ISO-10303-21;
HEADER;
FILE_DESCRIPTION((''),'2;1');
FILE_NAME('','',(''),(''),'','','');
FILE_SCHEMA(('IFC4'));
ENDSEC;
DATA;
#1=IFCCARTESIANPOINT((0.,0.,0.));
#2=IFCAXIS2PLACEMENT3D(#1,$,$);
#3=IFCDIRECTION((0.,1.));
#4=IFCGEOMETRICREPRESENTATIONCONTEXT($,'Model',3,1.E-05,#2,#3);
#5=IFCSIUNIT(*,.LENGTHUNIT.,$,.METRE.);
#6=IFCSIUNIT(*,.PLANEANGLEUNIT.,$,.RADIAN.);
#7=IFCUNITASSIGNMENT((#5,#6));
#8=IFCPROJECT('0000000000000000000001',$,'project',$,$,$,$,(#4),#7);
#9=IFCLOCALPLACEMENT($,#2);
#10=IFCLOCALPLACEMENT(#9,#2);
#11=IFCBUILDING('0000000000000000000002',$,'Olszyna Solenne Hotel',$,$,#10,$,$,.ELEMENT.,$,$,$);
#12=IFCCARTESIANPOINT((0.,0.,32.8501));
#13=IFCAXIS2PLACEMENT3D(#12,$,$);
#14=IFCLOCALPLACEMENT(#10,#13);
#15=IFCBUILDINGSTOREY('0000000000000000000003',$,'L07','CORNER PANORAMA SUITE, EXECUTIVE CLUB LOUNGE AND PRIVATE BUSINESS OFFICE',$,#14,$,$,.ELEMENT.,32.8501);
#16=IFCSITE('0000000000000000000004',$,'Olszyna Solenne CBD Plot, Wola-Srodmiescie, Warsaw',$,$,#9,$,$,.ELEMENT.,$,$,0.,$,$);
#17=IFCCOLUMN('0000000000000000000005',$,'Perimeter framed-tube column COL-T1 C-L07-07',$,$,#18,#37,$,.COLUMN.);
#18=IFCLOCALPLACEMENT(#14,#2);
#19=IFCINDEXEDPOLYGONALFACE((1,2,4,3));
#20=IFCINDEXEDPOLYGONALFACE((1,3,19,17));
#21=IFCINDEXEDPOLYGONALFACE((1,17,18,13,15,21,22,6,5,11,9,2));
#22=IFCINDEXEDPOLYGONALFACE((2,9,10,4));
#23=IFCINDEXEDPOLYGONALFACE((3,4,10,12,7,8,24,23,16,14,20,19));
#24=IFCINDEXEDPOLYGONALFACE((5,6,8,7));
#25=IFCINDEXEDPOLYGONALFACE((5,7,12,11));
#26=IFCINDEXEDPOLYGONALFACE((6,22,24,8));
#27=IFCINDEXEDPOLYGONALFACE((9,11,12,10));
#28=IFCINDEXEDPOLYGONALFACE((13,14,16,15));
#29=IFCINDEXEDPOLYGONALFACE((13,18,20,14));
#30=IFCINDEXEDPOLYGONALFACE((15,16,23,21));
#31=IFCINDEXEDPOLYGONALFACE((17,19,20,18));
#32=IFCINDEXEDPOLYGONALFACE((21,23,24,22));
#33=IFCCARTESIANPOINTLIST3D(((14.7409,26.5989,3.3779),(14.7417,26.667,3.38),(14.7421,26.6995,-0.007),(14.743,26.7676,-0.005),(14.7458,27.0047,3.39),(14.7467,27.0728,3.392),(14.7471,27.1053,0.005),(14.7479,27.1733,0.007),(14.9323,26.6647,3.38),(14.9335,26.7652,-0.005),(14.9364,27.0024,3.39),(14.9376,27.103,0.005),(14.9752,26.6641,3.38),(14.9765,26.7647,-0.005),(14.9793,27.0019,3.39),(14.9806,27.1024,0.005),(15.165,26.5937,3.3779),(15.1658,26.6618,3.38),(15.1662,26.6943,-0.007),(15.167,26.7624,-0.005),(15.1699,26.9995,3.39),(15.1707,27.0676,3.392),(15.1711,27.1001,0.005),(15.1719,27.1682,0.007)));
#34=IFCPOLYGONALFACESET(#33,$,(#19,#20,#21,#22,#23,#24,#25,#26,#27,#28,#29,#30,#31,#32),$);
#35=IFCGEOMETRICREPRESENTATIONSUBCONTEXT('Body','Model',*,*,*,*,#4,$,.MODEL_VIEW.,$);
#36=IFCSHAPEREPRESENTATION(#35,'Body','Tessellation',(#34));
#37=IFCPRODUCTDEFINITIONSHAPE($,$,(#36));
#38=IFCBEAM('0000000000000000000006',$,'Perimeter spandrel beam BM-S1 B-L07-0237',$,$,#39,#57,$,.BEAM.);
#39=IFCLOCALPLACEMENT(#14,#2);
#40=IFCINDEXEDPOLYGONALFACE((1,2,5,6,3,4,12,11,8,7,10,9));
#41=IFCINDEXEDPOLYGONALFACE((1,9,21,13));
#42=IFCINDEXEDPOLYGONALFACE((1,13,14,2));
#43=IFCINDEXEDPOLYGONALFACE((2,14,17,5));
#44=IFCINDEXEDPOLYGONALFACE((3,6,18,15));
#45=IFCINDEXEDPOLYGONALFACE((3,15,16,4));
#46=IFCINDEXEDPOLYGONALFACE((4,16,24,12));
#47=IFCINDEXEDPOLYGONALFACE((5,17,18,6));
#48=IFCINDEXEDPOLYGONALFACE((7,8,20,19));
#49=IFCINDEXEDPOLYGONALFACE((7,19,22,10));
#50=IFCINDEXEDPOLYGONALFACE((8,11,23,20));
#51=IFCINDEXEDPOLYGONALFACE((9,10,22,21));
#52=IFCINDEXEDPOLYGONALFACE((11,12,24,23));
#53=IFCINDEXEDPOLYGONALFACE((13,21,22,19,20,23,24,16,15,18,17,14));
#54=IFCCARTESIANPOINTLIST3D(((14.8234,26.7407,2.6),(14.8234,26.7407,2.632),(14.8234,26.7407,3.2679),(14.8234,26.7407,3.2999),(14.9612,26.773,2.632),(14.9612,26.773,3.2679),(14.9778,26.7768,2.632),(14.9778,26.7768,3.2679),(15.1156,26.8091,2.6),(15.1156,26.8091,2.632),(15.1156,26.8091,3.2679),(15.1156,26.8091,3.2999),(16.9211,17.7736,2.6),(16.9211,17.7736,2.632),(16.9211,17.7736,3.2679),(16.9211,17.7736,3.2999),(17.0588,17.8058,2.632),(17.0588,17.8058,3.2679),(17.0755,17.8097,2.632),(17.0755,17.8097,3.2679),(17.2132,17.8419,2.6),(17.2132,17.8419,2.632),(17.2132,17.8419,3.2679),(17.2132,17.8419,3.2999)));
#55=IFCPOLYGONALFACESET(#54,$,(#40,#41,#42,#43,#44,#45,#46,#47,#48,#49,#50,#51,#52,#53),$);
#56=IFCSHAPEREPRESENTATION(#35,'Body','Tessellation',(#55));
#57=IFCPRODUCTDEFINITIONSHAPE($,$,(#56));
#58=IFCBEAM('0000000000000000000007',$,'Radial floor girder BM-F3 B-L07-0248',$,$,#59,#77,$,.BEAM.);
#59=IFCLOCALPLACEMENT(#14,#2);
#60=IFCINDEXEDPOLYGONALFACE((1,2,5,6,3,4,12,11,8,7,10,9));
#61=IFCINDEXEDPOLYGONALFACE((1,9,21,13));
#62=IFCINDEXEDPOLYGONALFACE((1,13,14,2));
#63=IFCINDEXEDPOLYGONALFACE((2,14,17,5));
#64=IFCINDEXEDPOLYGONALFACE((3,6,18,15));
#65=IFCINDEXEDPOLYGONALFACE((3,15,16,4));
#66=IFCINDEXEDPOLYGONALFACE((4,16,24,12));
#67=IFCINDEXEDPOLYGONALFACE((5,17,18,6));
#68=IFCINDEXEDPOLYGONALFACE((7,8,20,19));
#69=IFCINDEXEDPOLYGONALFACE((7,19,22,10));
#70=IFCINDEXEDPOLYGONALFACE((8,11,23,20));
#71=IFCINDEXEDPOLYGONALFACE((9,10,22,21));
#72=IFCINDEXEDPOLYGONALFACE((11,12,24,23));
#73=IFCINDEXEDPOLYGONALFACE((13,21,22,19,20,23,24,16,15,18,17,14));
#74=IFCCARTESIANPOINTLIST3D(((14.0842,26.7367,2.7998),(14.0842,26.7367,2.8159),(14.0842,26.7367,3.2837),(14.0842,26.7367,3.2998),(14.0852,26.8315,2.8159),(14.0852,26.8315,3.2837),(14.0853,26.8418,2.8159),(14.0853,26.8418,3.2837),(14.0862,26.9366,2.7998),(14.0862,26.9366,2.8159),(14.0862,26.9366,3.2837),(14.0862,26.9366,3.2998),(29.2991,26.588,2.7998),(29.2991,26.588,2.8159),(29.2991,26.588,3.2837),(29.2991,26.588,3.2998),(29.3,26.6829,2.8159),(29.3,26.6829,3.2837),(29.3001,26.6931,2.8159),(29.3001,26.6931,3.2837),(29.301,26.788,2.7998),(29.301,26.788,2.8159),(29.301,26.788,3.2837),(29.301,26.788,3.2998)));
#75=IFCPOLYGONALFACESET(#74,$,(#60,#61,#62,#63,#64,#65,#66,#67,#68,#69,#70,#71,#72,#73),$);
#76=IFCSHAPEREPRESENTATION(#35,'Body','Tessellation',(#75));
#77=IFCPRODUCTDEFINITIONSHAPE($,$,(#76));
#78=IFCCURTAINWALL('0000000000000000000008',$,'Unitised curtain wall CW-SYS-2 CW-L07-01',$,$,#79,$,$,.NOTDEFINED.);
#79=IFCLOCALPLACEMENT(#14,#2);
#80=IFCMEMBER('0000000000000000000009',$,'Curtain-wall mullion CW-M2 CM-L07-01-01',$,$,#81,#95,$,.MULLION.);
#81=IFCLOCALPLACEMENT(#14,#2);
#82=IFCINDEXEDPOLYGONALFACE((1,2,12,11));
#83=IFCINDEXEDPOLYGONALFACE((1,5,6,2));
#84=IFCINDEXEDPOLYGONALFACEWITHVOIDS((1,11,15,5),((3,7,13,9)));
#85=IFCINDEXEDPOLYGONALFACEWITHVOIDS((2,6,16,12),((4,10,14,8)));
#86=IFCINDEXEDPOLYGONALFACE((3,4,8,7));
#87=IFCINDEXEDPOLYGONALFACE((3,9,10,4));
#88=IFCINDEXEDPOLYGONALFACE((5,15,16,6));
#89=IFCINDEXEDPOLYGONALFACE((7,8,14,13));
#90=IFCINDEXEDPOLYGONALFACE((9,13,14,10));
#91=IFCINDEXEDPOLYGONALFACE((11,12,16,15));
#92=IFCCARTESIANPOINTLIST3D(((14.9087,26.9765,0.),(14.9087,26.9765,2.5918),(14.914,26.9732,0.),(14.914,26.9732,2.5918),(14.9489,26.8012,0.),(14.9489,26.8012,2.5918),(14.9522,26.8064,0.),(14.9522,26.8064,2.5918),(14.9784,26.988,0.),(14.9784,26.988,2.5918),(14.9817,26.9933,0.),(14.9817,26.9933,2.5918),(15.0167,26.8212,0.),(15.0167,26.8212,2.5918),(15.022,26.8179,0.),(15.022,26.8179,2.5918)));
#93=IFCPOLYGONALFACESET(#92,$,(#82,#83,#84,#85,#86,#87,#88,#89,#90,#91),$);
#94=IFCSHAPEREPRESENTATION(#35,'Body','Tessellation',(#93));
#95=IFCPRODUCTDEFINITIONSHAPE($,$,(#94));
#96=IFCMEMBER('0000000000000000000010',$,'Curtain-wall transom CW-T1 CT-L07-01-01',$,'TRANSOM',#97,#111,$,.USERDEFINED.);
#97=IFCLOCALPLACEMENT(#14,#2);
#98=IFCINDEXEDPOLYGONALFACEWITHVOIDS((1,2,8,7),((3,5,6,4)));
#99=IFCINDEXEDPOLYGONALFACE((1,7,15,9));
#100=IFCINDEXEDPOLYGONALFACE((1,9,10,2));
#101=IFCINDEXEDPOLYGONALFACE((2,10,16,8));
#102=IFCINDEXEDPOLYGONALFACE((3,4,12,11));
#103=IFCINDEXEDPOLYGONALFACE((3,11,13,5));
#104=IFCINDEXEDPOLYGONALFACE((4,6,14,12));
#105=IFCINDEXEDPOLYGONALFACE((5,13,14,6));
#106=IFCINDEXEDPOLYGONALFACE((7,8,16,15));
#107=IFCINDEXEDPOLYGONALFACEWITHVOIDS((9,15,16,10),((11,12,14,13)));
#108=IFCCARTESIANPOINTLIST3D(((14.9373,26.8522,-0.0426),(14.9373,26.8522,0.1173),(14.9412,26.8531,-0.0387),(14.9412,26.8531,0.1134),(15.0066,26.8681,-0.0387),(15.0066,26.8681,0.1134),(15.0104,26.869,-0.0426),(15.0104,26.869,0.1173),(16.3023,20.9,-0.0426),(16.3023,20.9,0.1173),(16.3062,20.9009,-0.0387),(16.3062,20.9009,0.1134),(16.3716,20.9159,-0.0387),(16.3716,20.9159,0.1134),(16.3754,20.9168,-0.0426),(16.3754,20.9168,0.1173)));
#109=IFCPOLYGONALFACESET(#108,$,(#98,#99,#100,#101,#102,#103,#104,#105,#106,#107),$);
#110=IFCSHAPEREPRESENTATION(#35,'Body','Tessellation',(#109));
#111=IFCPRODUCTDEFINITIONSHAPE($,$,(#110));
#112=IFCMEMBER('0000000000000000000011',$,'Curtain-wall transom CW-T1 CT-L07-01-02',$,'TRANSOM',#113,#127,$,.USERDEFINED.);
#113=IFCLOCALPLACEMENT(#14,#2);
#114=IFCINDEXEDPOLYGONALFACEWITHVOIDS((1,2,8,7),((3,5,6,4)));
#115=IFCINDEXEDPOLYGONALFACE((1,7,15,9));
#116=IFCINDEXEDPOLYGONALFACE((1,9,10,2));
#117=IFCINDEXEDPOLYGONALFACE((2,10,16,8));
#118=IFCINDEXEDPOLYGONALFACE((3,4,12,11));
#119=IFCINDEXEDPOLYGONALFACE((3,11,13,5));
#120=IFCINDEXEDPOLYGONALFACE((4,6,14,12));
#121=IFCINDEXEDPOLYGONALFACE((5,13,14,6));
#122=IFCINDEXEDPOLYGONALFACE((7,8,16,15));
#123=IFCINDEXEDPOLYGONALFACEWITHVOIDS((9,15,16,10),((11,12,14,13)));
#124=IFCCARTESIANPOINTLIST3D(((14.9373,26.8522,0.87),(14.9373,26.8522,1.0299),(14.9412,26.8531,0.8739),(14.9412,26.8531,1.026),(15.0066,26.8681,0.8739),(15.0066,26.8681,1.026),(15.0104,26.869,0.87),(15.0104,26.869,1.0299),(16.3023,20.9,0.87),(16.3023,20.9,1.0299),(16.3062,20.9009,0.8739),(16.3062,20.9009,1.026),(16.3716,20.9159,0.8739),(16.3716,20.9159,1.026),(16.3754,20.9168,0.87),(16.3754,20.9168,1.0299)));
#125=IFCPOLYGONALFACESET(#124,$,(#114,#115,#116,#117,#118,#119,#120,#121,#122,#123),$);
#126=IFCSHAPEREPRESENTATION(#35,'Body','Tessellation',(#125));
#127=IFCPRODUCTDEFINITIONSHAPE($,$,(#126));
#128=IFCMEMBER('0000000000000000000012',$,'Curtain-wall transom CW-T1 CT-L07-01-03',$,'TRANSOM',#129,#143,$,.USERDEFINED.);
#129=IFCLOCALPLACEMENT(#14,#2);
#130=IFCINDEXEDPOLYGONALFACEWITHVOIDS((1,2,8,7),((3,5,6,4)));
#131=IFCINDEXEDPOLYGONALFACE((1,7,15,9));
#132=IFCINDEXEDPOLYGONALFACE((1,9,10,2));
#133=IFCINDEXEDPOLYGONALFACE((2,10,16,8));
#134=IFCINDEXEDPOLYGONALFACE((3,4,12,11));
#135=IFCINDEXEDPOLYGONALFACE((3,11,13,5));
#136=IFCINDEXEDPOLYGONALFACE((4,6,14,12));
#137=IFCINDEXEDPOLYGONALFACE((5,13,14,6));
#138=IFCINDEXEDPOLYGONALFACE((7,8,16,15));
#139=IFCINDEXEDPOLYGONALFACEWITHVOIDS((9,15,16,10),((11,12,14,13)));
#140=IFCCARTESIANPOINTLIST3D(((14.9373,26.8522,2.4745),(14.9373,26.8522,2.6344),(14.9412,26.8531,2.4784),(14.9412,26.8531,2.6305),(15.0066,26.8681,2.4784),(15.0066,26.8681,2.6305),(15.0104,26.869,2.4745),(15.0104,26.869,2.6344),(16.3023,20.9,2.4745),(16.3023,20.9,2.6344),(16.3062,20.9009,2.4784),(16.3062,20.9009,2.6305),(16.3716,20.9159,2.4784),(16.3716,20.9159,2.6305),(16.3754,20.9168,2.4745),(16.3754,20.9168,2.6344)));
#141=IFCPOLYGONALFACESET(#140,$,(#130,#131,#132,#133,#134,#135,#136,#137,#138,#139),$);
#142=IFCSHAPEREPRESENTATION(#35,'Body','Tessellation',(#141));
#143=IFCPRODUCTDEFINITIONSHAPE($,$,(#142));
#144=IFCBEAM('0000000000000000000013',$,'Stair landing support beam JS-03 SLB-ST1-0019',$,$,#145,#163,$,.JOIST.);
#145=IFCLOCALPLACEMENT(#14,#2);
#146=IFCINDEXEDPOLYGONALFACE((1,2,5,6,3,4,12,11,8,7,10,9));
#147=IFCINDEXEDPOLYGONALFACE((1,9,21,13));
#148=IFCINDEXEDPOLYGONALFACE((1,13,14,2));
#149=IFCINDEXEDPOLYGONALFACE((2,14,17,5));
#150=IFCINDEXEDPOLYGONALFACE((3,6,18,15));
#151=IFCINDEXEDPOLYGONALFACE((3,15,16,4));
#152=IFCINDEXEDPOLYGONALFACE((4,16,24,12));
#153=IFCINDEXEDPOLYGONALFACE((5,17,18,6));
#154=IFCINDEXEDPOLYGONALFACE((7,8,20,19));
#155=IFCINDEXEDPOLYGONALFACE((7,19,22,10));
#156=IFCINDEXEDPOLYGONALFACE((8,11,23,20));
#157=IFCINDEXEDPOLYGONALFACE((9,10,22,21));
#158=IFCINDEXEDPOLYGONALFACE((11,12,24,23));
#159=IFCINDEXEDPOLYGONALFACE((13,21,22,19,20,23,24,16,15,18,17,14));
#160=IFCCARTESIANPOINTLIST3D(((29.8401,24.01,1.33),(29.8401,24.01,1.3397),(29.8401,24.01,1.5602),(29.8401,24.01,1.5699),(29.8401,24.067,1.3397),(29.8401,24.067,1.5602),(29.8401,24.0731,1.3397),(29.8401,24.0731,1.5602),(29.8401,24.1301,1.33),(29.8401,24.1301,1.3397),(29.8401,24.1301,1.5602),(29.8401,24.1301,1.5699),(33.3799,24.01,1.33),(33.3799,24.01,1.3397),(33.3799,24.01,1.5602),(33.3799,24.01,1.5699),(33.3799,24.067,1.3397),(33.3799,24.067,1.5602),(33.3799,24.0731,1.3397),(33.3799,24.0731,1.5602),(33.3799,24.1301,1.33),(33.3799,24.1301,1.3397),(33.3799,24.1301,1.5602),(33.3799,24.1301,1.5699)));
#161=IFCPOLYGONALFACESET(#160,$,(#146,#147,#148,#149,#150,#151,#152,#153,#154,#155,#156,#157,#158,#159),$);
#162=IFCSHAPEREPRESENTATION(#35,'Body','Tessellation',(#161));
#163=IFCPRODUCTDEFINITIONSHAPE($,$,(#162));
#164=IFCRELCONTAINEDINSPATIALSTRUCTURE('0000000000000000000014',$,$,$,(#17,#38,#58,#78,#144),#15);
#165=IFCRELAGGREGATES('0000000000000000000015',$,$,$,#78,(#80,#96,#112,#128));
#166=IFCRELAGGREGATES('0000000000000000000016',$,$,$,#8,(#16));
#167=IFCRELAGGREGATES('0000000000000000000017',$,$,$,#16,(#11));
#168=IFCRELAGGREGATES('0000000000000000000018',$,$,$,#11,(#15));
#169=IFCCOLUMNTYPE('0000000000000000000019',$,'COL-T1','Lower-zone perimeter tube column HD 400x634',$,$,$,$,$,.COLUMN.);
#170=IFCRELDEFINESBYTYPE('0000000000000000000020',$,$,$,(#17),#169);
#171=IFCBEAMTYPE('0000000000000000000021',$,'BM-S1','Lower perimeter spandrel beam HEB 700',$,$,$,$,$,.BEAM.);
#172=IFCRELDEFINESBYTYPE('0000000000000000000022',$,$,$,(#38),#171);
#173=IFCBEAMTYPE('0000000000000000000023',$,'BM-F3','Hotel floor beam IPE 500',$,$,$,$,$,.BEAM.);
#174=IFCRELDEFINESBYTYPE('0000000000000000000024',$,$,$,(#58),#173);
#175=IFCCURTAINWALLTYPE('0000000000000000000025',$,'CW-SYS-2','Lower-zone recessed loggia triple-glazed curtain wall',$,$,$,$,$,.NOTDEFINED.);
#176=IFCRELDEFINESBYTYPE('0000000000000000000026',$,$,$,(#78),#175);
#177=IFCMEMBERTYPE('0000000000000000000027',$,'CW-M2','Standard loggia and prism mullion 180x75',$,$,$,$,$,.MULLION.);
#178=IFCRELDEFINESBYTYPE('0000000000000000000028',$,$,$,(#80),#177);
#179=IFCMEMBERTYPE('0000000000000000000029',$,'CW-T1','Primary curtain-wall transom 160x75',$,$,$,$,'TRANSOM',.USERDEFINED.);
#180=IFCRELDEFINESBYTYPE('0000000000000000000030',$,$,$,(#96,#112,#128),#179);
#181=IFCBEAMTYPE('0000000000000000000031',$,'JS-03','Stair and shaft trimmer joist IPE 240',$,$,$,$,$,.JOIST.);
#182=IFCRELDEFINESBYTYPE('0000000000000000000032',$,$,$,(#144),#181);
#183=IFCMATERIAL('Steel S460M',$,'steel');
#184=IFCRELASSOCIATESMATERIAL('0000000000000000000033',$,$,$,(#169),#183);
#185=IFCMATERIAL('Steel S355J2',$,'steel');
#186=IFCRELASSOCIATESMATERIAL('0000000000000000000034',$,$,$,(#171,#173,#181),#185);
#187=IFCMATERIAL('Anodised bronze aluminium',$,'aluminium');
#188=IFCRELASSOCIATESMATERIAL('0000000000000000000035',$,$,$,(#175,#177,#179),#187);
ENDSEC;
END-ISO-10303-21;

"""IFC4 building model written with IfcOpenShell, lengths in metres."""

from ifc_helpers import new_model, si_unit, direction, frame, origin, origin_2d, place, context, subcontext, project, spatial, hollow_rectangle, i_section, extrude, source, transform, mapped, material, material_profile, profile_set, type_object, element, aggregate, save


model = new_model("IFC4")

# Units and contexts
model_context = context("Model", 3, precision=1e-05, world=origin(), true_north=direction((0.0, 1.0)))
body_context = subcontext(model_context, "Body", "Model", "MODEL_VIEW")
ifc_project = project(units=[si_unit("LENGTHUNIT", "METRE"), si_unit("PLANEANGLEUNIT", "RADIAN")], contexts=[model_context])

# Site, building, storey
site_placement = place(None, origin())
site = spatial("IfcSite", under=ifc_project, at=site_placement, Name="Olszyna Solenne CBD Plot, Wola-Srodmiescie, Warsaw", CompositionType="ELEMENT", RefElevation=0.0)
building_placement = place(site_placement, origin())
building = spatial("IfcBuilding", under=site, at=building_placement, Name="Olszyna Solenne Hotel", CompositionType="ELEMENT")
storey_placement = place(building_placement, frame((0.0, 0.0, 32.8501)))
storey = spatial("IfcBuildingStorey", under=building, at=storey_placement, Name="L07", Description="CORNER PANORAMA SUITE, EXECUTIVE CLUB LOUNGE AND PRIVATE BUSINESS OFFICE", CompositionType="ELEMENT", Elevation=32.8501)

# Column
ifc_material_1 = material(Name="Steel S460M", Category="steel")
ifc_material_profile_1 = material_profile(ifc_material_1, i_section(OverallWidth=0.4241, OverallDepth=0.4741, WebThickness=0.043, FlangeThickness=0.0681, at=origin_2d()), Name="HD 400x634", Category="load-bearing")
ifc_profile_set_1 = profile_set([ifc_material_profile_1], Name="Steel S460M")
column_type = type_object("IfcColumnType", Name="COL-T1", Description="Lower-zone perimeter tube column HD 400x634", PredefinedType="COLUMN", material=ifc_profile_set_1)
shared_shape_1 = source(origin(), body_context, "Body", "SweptSolid", [
    extrude(i_section(OverallWidth=0.4241, OverallDepth=0.4741, WebThickness=0.043, FlangeThickness=0.0681, at=origin_2d()), origin(), (0.0, 0.0, 1.0), 3.3865),
])
column_placement = place(storey_placement, frame((14.957, 26.9338, 0.0), z_axis=(-0.00036, -0.029702, 0.999559), x_axis=(0.999926, -0.012135, 0.0)))
element("IfcColumn", 1, at=column_placement, inside=storey, type_object=column_type, Name="Perimeter framed-tube column COL-T1 C-L07-07", PredefinedType="COLUMN", context=body_context, shape_type="MappedRepresentation", body=[
    mapped(shared_shape_1, transform((0.0, 0.0, 0.0), x_axis=(1.0, 0.0, 0.0), y_axis=(0.0, 1.0, 0.0), z_axis=(0.0, 0.0, 1.0), scale=1.0)),
])

# Beams
ifc_material_2 = material(Name="Steel S355J2", Category="steel")
ifc_material_profile_2 = material_profile(ifc_material_2, i_section(OverallWidth=0.3, OverallDepth=0.7, WebThickness=0.0171, FlangeThickness=0.032, at=origin_2d()), Name="HEB 700", Category="load-bearing")
ifc_profile_set_2 = profile_set([ifc_material_profile_2], Name="Steel S355J2")
beam_type_1 = type_object("IfcBeamType", Name="BM-S1", Description="Lower perimeter spandrel beam HEB 700", PredefinedType="BEAM", material=ifc_profile_set_2)
shared_shape_2 = source(origin(), body_context, "Body", "SweptSolid", [
    extrude(i_section(OverallWidth=0.3, OverallDepth=0.7, WebThickness=0.0171, FlangeThickness=0.032, at=origin_2d()), origin(), (0.0, 0.0, 1.0), 9.2092),
])
beam_1_placement = place(storey_placement, frame((14.9695, 26.7749, 2.95), z_axis=(0.22778, -0.973713, 0.0), x_axis=(0.973713, 0.22778, 0.0)))
element("IfcBeam", 2, at=beam_1_placement, inside=storey, type_object=beam_type_1, Name="Perimeter spandrel beam BM-S1 B-L07-0237", PredefinedType="BEAM", context=body_context, shape_type="MappedRepresentation", body=[
    mapped(shared_shape_2, transform((0.0, 0.0, 0.0), x_axis=(1.0, 0.0, 0.0), y_axis=(0.0, 1.0, 0.0), z_axis=(0.0, 0.0, 1.0), scale=1.0)),
])
ifc_material_profile_3 = material_profile(ifc_material_2, i_section(OverallWidth=0.2, OverallDepth=0.5, WebThickness=0.0103, FlangeThickness=0.0161, at=origin_2d()), Name="IPE 500", Category="load-bearing")
ifc_profile_set_3 = profile_set([ifc_material_profile_3], Name="Steel S355J2")
beam_type_2 = type_object("IfcBeamType", Name="BM-F3", Description="Hotel floor beam IPE 500", PredefinedType="BEAM", material=ifc_profile_set_3)
shared_shape_3 = source(origin(), body_context, "Body", "SweptSolid", [
    extrude(i_section(OverallWidth=0.2, OverallDepth=0.5, WebThickness=0.0103, FlangeThickness=0.0161, at=origin_2d()), origin(), (0.0, 0.0, 1.0), 15.2156),
])
beam_2_placement = place(storey_placement, frame((14.0852, 26.8367, 3.0498), z_axis=(0.999952, -0.009772, 0.0), x_axis=(0.009772, 0.999952, 0.0)))
element("IfcBeam", 3, at=beam_2_placement, inside=storey, type_object=beam_type_2, Name="Radial floor girder BM-F3 B-L07-0248", PredefinedType="BEAM", context=body_context, shape_type="MappedRepresentation", body=[
    mapped(shared_shape_3, transform((0.0, 0.0, 0.0), x_axis=(1.0, 0.0, 0.0), y_axis=(0.0, 1.0, 0.0), z_axis=(0.0, 0.0, 1.0), scale=1.0)),
])

# Curtain wall, members
ifc_material_3 = material(Name="Anodised bronze aluminium", Category="aluminium")
curtain_wall_type = type_object("IfcCurtainWallType", Name="CW-SYS-2", Description="Lower-zone recessed loggia triple-glazed curtain wall", PredefinedType="NOTDEFINED", material=ifc_material_3)
curtain_wall_placement = place(storey_placement, origin())
curtain_wall = element("IfcCurtainWall", 4, at=curtain_wall_placement, inside=storey, type_object=curtain_wall_type, Name="Unitised curtain wall CW-SYS-2 CW-L07-01", PredefinedType="NOTDEFINED")
ifc_material_profile_4 = material_profile(ifc_material_3, hollow_rectangle(XDim=0.075, YDim=0.1799, WallThickness=0.0044, at=origin_2d()), Name="MULL 180x75x4.5", Category="load-bearing")
ifc_profile_set_4 = profile_set([ifc_material_profile_4], Name="Anodised bronze aluminium")
member_type_1 = type_object("IfcMemberType", Name="CW-M2", Description="Standard loggia and prism mullion 180x75", PredefinedType="MULLION", material=ifc_profile_set_4)
shared_shape_4 = source(origin(), body_context, "Body", "SweptSolid", [
    extrude(hollow_rectangle(XDim=0.075, YDim=0.1799, WallThickness=0.0044, at=origin_2d()), origin(), (0.0, 0.0, 1.0), 2.5918),
])
member_1_placement = place(storey_placement, frame((14.9653, 26.8972, 0.0), z_axis=(0.0, 0.0, 1.0), x_axis=(0.974696, 0.223535, 0.0)))
member_1 = element("IfcMember", 5, at=member_1_placement, type_object=member_type_1, Name="Curtain-wall mullion CW-M2 CM-L07-01-01", PredefinedType="MULLION", context=body_context, shape_type="MappedRepresentation", body=[
    mapped(shared_shape_4, transform((0.0, 0.0, 0.0), x_axis=(1.0, 0.0, 0.0), y_axis=(0.0, 1.0, 0.0), z_axis=(0.0, 0.0, 1.0), scale=1.0)),
])
ifc_material_profile_5 = material_profile(ifc_material_3, hollow_rectangle(XDim=0.075, YDim=0.1599, WallThickness=0.0039, at=origin_2d()), Name="TRAN 160x75x4", Category="load-bearing")
ifc_profile_set_5 = profile_set([ifc_material_profile_5], Name="Anodised bronze aluminium")
member_type_2 = type_object("IfcMemberType", Name="CW-T1", Description="Primary curtain-wall transom 160x75", ElementType="TRANSOM", PredefinedType="USERDEFINED", material=ifc_profile_set_5)
shared_shape_5 = source(origin(), body_context, "Body", "SweptSolid", [
    extrude(hollow_rectangle(XDim=0.075, YDim=0.1599, WallThickness=0.0039, at=origin_2d()), origin(), (0.0, 0.0, 1.0), 6.1067),
])
member_2_placement = place(storey_placement, frame((14.9739, 26.8606, 0.0374), z_axis=(0.223525, -0.974698, 0.0), x_axis=(0.974698, 0.223525, 0.0)))
member_2 = element("IfcMember", 6, at=member_2_placement, type_object=member_type_2, Name="Curtain-wall transom CW-T1 CT-L07-01-01", ObjectType="TRANSOM", PredefinedType="USERDEFINED", context=body_context, shape_type="MappedRepresentation", body=[
    mapped(shared_shape_5, transform((0.0, 0.0, 0.0), x_axis=(1.0, 0.0, 0.0), y_axis=(0.0, 1.0, 0.0), z_axis=(0.0, 0.0, 1.0), scale=1.0)),
])
member_3_placement = place(storey_placement, frame((14.9739, 26.8606, 0.95), z_axis=(0.223525, -0.974698, 0.0), x_axis=(0.974698, 0.223525, 0.0)))
member_3 = element("IfcMember", 7, at=member_3_placement, type_object=member_type_2, Name="Curtain-wall transom CW-T1 CT-L07-01-02", ObjectType="TRANSOM", PredefinedType="USERDEFINED", context=body_context, shape_type="MappedRepresentation", body=[
    mapped(shared_shape_5, transform((0.0, 0.0, 0.0), x_axis=(1.0, 0.0, 0.0), y_axis=(0.0, 1.0, 0.0), z_axis=(0.0, 0.0, 1.0), scale=1.0)),
])
member_4_placement = place(storey_placement, frame((14.9739, 26.8606, 2.5544), z_axis=(0.223525, -0.974698, 0.0), x_axis=(0.974698, 0.223525, 0.0)))
member_4 = element("IfcMember", 8, at=member_4_placement, type_object=member_type_2, Name="Curtain-wall transom CW-T1 CT-L07-01-03", ObjectType="TRANSOM", PredefinedType="USERDEFINED", context=body_context, shape_type="MappedRepresentation", body=[
    mapped(shared_shape_5, transform((0.0, 0.0, 0.0), x_axis=(1.0, 0.0, 0.0), y_axis=(0.0, 1.0, 0.0), z_axis=(0.0, 0.0, 1.0), scale=1.0)),
])

# Beam
ifc_material_profile_6 = material_profile(ifc_material_2, i_section(OverallWidth=0.1201, OverallDepth=0.24, WebThickness=0.0061, FlangeThickness=0.0098, at=origin_2d()), Name="IPE 240", Category="load-bearing")
ifc_profile_set_6 = profile_set([ifc_material_profile_6], Name="Steel S355J2")
beam_type_3 = type_object("IfcBeamType", Name="JS-03", Description="Stair and shaft trimmer joist IPE 240", PredefinedType="JOIST", material=ifc_profile_set_6)
shared_shape_6 = source(origin(), body_context, "Body", "SweptSolid", [
    extrude(i_section(OverallWidth=0.1201, OverallDepth=0.24, WebThickness=0.0061, FlangeThickness=0.0098, at=origin_2d()), origin(), (0.0, 0.0, 1.0), 3.5398),
])
for number, where, z_axis, x_axis, name in (
    (9, (33.3799, 24.0701, 1.45), (-1.0, 0.0, 0.0), (0.0, -1.0, 0.0), "Stair landing support beam JS-03 SLB-ST1-0019"),
):
    element("IfcBeam", number, at=place(storey_placement, frame(where, z_axis=z_axis, x_axis=x_axis)), inside=storey, type_object=beam_type_3, Name=name, PredefinedType="JOIST", context=body_context, shape_type="MappedRepresentation", body=[
        mapped(shared_shape_6, transform((0.0, 0.0, 0.0), x_axis=(1.0, 0.0, 0.0), y_axis=(0.0, 1.0, 0.0), z_axis=(0.0, 0.0, 1.0), scale=1.0)),
    ])

aggregate(curtain_wall, [member_1, member_2, member_3, member_4])

save(model, "model.ifc")
